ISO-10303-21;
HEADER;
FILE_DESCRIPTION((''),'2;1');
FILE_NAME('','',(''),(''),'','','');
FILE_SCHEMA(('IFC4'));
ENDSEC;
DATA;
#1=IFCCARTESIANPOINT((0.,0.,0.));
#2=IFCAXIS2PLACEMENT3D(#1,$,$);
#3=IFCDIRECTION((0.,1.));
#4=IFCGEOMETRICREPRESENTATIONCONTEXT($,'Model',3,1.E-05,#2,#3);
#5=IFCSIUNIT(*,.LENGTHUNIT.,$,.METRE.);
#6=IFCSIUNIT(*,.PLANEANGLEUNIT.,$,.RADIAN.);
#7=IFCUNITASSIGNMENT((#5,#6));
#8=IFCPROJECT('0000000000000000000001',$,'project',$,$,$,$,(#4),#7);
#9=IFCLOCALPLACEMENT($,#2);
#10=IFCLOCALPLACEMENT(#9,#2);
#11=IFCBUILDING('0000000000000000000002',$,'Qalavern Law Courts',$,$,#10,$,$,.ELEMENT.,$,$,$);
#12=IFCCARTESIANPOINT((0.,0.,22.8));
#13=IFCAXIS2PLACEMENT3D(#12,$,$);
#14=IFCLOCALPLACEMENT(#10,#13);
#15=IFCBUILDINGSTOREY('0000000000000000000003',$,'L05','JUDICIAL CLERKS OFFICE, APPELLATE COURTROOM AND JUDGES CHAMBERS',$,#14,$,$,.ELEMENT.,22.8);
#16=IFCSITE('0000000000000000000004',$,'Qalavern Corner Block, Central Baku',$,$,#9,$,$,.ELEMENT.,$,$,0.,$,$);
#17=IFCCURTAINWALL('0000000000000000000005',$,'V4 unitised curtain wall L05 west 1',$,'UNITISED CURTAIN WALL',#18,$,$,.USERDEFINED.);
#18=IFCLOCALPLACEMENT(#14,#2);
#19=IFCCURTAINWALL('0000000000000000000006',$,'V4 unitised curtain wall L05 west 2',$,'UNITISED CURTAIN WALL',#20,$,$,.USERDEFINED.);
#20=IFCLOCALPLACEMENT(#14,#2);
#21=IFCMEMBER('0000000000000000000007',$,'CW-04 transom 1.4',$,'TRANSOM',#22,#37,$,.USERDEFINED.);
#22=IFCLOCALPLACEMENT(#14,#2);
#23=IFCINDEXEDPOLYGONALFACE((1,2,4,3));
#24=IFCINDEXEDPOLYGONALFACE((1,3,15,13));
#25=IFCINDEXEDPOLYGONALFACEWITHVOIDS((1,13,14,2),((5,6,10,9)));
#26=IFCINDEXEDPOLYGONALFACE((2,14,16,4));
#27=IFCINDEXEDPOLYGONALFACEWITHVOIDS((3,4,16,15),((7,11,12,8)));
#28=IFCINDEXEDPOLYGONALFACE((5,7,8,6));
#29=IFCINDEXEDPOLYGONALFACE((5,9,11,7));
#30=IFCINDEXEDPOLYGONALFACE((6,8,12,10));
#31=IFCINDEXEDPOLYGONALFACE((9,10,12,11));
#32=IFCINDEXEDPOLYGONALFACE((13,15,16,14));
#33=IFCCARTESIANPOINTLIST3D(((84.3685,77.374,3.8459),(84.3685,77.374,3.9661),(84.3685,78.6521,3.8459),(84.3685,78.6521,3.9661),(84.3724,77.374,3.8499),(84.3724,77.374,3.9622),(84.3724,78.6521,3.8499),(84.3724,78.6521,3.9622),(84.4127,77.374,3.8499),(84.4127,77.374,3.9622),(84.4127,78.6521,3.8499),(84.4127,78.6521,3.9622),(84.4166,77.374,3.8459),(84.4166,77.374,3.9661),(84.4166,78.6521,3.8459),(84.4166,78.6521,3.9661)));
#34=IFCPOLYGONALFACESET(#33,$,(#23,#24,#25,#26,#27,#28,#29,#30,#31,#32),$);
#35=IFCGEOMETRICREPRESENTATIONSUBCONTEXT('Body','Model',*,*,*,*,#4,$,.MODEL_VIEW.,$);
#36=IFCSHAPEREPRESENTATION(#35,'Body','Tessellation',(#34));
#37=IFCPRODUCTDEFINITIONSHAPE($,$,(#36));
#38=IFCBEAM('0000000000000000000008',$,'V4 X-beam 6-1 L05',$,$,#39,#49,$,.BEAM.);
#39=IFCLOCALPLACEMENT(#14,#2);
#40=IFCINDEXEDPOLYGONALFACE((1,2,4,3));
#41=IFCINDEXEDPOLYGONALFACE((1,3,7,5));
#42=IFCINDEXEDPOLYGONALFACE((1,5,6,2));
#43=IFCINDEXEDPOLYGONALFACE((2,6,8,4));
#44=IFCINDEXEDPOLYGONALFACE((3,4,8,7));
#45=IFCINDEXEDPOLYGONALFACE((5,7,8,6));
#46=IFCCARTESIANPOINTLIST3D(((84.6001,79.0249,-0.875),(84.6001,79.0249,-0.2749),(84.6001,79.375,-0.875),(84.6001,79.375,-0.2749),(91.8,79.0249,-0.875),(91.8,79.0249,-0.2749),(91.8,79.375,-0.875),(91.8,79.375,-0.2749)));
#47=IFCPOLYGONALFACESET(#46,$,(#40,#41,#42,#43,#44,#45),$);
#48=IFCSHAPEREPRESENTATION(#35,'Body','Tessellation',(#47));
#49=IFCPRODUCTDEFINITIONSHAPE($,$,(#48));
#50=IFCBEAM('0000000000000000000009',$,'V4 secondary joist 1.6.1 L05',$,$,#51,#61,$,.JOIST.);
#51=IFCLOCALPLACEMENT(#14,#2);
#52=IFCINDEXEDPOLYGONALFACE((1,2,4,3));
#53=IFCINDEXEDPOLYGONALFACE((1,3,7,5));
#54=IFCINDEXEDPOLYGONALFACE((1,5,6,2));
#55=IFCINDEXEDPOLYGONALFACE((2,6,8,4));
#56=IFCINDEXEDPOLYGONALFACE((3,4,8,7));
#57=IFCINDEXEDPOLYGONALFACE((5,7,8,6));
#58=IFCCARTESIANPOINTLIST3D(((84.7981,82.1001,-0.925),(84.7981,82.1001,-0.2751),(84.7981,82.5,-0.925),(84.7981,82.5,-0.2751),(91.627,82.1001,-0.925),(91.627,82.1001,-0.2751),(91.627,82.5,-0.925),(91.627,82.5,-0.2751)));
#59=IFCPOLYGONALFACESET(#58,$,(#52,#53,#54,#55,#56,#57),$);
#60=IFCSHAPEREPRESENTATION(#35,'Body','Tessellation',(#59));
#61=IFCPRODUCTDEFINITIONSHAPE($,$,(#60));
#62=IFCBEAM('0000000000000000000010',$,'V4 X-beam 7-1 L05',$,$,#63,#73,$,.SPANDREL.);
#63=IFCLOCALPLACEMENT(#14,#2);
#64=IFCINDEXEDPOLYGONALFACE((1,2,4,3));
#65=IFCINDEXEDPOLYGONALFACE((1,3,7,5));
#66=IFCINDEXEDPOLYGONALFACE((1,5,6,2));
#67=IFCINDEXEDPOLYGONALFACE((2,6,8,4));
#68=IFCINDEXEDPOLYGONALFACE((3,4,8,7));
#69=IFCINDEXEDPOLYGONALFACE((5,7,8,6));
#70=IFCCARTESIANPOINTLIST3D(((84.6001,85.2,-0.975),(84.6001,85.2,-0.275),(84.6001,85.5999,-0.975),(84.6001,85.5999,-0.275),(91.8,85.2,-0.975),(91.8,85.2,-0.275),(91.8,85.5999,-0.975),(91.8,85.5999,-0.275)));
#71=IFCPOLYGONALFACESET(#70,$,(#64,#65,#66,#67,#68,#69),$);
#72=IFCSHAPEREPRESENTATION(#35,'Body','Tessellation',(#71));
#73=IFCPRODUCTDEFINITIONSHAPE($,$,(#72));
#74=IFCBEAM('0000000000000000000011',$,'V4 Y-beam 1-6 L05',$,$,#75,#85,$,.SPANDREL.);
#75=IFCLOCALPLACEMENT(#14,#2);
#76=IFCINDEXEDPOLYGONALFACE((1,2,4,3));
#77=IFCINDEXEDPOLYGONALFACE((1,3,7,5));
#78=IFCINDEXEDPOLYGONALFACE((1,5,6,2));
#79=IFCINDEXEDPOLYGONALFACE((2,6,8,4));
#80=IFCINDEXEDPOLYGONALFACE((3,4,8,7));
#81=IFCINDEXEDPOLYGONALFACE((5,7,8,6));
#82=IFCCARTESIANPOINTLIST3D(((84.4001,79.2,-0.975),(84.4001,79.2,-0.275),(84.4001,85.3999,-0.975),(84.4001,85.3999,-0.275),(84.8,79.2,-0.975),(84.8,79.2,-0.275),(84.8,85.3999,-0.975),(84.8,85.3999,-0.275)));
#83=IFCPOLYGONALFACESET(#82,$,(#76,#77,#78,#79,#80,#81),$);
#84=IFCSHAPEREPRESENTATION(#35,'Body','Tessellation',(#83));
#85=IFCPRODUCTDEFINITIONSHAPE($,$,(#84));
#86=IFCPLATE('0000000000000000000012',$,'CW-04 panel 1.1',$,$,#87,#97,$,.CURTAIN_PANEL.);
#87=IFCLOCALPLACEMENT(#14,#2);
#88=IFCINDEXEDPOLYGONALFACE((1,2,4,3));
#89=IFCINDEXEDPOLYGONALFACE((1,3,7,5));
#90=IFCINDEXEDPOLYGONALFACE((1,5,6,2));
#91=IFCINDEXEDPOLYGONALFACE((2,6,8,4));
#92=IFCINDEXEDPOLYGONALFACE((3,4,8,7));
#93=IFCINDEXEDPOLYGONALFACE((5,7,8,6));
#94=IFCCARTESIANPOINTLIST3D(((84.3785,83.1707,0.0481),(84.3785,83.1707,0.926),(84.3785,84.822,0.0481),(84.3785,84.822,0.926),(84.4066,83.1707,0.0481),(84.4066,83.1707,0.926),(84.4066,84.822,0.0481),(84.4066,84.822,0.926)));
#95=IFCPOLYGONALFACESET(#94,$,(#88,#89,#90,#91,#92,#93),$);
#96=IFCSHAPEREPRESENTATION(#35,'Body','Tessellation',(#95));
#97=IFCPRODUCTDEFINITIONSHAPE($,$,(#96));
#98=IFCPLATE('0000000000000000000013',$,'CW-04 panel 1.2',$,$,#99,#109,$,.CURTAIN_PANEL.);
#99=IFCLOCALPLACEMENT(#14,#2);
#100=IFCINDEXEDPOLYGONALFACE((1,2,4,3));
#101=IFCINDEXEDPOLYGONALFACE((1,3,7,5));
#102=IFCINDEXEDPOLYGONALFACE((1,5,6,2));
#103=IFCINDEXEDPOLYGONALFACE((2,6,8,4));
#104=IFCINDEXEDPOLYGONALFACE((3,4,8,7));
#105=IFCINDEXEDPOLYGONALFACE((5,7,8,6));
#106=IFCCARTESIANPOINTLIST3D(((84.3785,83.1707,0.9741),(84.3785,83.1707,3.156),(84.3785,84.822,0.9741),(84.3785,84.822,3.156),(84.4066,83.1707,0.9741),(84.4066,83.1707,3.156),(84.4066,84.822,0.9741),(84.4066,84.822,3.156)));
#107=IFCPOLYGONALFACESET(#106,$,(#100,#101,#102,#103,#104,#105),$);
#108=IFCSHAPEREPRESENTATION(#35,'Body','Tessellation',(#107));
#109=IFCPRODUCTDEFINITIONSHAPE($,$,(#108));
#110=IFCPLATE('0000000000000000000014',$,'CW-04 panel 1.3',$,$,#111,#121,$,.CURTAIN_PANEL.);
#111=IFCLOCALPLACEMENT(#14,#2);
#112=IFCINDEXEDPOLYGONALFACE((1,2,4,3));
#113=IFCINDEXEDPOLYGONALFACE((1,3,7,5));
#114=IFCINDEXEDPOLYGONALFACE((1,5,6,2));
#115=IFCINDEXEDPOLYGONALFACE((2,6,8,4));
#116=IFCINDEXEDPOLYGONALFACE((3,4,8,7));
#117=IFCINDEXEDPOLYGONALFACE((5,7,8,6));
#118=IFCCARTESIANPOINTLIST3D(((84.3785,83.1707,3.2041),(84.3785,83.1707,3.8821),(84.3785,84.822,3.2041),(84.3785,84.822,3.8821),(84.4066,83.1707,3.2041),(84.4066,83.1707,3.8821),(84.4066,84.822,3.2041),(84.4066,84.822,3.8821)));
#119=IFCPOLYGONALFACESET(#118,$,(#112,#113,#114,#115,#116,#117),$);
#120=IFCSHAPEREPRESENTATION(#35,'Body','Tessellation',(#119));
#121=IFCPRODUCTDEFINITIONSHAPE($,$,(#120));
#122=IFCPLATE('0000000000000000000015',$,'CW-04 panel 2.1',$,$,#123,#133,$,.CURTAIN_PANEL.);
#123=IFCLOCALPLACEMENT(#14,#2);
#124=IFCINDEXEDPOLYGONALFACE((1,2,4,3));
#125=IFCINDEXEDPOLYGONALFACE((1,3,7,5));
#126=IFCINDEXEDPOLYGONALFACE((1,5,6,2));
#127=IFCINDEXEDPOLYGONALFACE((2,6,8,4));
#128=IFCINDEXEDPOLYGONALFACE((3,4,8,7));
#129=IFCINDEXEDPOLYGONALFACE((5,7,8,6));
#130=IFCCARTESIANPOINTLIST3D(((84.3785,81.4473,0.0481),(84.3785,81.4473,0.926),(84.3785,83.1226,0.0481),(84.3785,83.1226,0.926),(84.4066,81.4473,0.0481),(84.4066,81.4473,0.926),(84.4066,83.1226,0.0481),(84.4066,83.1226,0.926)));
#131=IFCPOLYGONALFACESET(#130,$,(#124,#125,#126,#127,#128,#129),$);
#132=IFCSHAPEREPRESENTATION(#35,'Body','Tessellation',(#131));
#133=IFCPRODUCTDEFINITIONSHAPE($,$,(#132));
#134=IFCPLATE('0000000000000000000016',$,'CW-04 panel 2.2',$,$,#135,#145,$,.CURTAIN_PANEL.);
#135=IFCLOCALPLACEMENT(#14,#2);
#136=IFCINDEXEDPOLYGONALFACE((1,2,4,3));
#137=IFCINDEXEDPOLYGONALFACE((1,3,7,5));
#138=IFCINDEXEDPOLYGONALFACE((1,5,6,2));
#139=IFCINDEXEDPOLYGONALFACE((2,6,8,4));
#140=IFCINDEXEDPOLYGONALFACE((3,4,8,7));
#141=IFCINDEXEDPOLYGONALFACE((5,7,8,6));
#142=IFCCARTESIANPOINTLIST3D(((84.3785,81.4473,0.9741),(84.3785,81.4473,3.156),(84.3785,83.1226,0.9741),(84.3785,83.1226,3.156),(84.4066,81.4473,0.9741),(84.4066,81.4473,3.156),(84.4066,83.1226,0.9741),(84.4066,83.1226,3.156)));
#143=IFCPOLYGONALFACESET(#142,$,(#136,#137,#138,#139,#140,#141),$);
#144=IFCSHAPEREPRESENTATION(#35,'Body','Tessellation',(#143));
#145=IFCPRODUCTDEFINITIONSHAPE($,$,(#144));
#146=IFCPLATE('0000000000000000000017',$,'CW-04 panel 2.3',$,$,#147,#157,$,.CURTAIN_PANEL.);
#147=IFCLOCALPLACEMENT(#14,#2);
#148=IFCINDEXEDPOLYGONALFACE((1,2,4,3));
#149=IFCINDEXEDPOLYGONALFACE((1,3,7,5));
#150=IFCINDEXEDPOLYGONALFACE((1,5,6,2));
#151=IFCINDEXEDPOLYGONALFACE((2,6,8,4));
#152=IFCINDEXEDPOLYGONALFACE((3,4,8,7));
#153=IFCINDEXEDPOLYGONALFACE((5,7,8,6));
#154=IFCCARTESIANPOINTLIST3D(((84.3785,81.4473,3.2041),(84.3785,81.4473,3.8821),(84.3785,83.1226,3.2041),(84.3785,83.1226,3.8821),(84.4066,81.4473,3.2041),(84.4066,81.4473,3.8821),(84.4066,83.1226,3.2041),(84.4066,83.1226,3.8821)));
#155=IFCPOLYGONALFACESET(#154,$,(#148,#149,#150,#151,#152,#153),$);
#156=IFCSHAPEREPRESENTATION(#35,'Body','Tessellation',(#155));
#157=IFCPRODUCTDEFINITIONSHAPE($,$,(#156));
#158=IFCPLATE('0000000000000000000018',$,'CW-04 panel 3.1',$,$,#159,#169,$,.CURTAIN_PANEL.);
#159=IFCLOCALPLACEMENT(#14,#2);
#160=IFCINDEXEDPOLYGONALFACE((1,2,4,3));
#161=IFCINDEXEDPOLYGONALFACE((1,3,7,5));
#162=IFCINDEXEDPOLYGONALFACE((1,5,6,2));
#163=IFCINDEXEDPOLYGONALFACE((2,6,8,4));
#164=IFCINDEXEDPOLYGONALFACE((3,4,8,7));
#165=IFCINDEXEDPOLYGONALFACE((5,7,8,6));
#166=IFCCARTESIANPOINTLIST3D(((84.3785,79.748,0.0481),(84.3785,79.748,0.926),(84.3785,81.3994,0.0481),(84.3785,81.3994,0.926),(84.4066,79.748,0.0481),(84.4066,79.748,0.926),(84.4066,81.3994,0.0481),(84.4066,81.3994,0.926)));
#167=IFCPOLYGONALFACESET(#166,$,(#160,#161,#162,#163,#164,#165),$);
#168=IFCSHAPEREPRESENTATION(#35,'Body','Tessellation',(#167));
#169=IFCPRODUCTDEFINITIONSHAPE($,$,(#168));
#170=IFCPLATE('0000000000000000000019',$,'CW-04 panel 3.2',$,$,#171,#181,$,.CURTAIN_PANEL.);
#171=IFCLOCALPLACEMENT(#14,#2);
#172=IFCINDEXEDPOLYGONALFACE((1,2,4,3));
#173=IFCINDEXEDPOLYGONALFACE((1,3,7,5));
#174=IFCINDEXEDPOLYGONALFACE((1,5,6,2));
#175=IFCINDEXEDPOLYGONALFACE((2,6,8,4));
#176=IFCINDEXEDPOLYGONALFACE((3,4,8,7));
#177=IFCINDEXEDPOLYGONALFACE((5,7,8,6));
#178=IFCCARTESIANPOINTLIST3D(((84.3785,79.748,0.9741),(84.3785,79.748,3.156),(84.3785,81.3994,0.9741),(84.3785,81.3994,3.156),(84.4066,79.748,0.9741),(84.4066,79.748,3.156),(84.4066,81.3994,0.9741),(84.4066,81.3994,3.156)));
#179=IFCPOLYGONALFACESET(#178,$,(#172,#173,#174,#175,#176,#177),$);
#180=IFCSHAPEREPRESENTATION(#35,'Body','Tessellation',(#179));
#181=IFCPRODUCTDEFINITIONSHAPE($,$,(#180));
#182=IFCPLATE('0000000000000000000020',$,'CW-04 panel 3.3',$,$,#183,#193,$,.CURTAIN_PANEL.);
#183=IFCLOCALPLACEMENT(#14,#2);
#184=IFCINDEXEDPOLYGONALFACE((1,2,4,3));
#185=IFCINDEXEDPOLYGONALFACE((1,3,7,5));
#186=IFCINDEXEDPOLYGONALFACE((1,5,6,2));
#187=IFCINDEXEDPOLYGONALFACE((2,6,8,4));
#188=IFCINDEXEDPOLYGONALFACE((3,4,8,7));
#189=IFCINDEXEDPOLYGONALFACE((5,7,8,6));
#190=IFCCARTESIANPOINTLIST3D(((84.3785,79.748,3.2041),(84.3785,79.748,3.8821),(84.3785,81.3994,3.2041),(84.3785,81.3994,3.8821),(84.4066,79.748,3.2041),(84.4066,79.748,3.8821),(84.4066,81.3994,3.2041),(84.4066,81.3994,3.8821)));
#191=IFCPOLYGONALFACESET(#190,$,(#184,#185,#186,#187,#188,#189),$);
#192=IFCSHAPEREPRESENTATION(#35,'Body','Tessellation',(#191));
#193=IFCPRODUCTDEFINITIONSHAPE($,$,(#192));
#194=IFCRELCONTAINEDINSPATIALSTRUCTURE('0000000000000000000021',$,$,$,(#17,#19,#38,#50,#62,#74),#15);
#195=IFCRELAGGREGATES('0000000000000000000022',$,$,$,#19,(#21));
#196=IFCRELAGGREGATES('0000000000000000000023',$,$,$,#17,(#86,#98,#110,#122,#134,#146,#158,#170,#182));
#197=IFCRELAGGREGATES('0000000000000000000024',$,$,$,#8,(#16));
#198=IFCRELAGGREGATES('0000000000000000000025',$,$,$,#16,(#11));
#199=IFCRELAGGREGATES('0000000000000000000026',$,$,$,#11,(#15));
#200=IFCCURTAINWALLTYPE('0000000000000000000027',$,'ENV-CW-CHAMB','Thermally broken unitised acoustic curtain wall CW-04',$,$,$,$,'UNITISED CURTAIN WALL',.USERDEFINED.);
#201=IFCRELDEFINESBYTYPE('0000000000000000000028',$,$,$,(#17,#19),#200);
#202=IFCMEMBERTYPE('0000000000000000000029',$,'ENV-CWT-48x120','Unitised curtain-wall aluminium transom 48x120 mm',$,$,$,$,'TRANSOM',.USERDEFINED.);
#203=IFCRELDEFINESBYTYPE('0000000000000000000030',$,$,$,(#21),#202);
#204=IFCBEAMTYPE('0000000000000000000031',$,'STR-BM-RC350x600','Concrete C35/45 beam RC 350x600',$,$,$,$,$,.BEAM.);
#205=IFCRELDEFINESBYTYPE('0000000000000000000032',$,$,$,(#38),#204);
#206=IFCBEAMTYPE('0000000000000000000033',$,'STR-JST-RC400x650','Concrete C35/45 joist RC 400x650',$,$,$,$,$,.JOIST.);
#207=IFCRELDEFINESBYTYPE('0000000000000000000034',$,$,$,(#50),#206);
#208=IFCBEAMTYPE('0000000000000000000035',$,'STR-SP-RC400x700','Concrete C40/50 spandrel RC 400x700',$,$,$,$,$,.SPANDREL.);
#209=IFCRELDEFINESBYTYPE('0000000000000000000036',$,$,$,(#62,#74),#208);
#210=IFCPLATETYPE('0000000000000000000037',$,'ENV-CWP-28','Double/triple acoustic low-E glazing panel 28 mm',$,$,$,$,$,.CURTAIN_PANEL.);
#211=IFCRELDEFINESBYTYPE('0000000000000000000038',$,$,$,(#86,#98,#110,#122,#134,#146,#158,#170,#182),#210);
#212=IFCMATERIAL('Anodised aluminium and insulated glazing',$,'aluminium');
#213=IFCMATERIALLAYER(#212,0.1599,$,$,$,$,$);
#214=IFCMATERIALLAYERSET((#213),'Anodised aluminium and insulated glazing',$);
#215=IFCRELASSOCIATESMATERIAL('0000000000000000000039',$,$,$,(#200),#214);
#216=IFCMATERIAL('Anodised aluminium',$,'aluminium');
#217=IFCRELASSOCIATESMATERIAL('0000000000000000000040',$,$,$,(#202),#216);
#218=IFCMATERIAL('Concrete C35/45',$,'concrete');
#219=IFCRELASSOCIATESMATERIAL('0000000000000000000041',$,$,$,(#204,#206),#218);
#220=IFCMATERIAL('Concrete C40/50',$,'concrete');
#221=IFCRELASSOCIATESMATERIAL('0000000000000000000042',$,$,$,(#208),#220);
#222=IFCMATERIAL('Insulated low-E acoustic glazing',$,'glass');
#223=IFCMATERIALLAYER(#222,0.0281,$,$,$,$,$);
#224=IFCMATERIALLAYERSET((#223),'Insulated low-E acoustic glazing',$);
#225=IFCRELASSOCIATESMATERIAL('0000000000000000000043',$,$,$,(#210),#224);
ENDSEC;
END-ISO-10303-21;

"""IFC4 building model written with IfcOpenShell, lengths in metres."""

from ifc_helpers import new_model, si_unit, direction, frame, origin, origin_2d, place, context, subcontext, project, spatial, rectangle, hollow_rectangle, extrude, material, layer, layer_set, material_profile, profile_set, type_object, element, aggregate, save


model = new_model("IFC4")

# Units and contexts
model_context = context("Model", 3, precision=1e-05, world=origin(), true_north=direction((0.0, 1.0)))
body_context = subcontext(model_context, "Body", "Model", "MODEL_VIEW")
ifc_project = project(units=[si_unit("LENGTHUNIT", "METRE"), si_unit("PLANEANGLEUNIT", "RADIAN")], contexts=[model_context])

# Site, building, storey
site_placement = place(None, origin())
site = spatial("IfcSite", under=ifc_project, at=site_placement, Name="Qalavern Corner Block, Central Baku", CompositionType="ELEMENT", RefElevation=0.0)
building_placement = place(site_placement, origin())
building = spatial("IfcBuilding", under=site, at=building_placement, Name="Qalavern Law Courts", CompositionType="ELEMENT")
storey_placement = place(building_placement, frame((0.0, 0.0, 22.8)))
storey = spatial("IfcBuildingStorey", under=building, at=storey_placement, Name="L05", Description="JUDICIAL CLERKS OFFICE, APPELLATE COURTROOM AND JUDGES CHAMBERS", CompositionType="ELEMENT", Elevation=22.8)

# Shared definitions
ifc_material_1 = material(Name="Anodised aluminium and insulated glazing", Category="aluminium")
ifc_layer_1 = layer(ifc_material_1, 0.1599)
ifc_layer_set_1 = layer_set([ifc_layer_1], Name="Anodised aluminium and insulated glazing")
curtain_wall_type = type_object("IfcCurtainWallType", Name="ENV-CW-CHAMB", Description="Thermally broken unitised acoustic curtain wall CW-04", ElementType="UNITISED CURTAIN WALL", PredefinedType="USERDEFINED", material=ifc_layer_set_1)
ifc_material_2 = material(Name="Anodised aluminium", Category="aluminium")

# Curtain wall
curtain_wall_1_placement = place(storey_placement, origin())
curtain_wall_1 = element("IfcCurtainWall", 1, at=curtain_wall_1_placement, inside=storey, type_object=curtain_wall_type, Name="V4 unitised curtain wall L05 west 1", ObjectType="UNITISED CURTAIN WALL", PredefinedType="USERDEFINED")

# Curtain wall
curtain_wall_2_placement = place(storey_placement, origin())
curtain_wall_2 = element("IfcCurtainWall", 2, at=curtain_wall_2_placement, inside=storey, type_object=curtain_wall_type, Name="V4 unitised curtain wall L05 west 2", ObjectType="UNITISED CURTAIN WALL", PredefinedType="USERDEFINED")

# Member
ifc_material_profile_1 = material_profile(ifc_material_2, hollow_rectangle(XDim=0.0481, YDim=0.1201, WallThickness=0.0039, at=origin_2d()), Name="ALU TRANSOM 48x120")
ifc_profile_set_1 = profile_set([ifc_material_profile_1], Name="Anodised aluminium")
member_type_1 = type_object("IfcMemberType", Name="ENV-CWT-48x120", Description="Unitised curtain-wall aluminium transom 48x120 mm", ElementType="TRANSOM", PredefinedType="USERDEFINED", material=ifc_profile_set_1)
member_1_placement = place(storey_placement, frame((84.3926, 78.6521, 3.906), z_axis=(0.0, -1.0, 0.0), x_axis=(1.0, 0.0, 0.0)))
member_1 = element("IfcMember", 3, at=member_1_placement, type_object=member_type_1, Name="CW-04 transom 1.4", ObjectType="TRANSOM", PredefinedType="USERDEFINED", context=body_context, shape_type="SweptSolid", body=[
    extrude(hollow_rectangle(XDim=0.0481, YDim=0.1201, WallThickness=0.0039, at=origin_2d()), origin(), (0.0, 0.0, 1.0), 1.2781),
])
aggregate(curtain_wall_2, [member_1])

# Beams
ifc_material_3 = material(Name="Concrete C35/45", Category="concrete")
ifc_material_profile_2 = material_profile(ifc_material_3, rectangle(XDim=0.3501, YDim=0.6001, at=origin_2d()), Name="RC 350x600")
ifc_profile_set_2 = profile_set([ifc_material_profile_2], Name="Concrete C35/45")
beam_type_1 = type_object("IfcBeamType", Name="STR-BM-RC350x600", Description="Concrete C35/45 beam RC 350x600", PredefinedType="BEAM", material=ifc_profile_set_2)
beam_1_placement = place(storey_placement, frame((84.6001, 79.2, -0.575), z_axis=(1.0, 0.0, 0.0), x_axis=(0.0, 1.0, 0.0)))
element("IfcBeam", 4, at=beam_1_placement, inside=storey, type_object=beam_type_1, Name="V4 X-beam 6-1 L05", PredefinedType="BEAM", context=body_context, shape_type="SweptSolid", body=[
    extrude(rectangle(XDim=0.3501, YDim=0.6001, at=origin_2d()), origin(), (0.0, 0.0, 1.0), 7.2),
])
ifc_material_profile_3 = material_profile(ifc_material_3, rectangle(XDim=0.3999, YDim=0.6499, at=origin_2d()), Name="RC 400x650")
ifc_profile_set_3 = profile_set([ifc_material_profile_3], Name="Concrete C35/45")
beam_type_2 = type_object("IfcBeamType", Name="STR-JST-RC400x650", Description="Concrete C35/45 joist RC 400x650", PredefinedType="JOIST", material=ifc_profile_set_3)
beam_2_placement = place(storey_placement, frame((84.7981, 82.3, -0.6001), z_axis=(1.0, 0.0, 0.0), x_axis=(0.0, 1.0, 0.0)))
element("IfcBeam", 5, at=beam_2_placement, inside=storey, type_object=beam_type_2, Name="V4 secondary joist 1.6.1 L05", PredefinedType="JOIST", context=body_context, shape_type="SweptSolid", body=[
    extrude(rectangle(XDim=0.3999, YDim=0.6499, at=origin_2d()), origin(), (0.0, 0.0, 1.0), 6.8289),
])
ifc_material_4 = material(Name="Concrete C40/50", Category="concrete")
ifc_material_profile_4 = material_profile(ifc_material_4, rectangle(XDim=0.3999, YDim=0.7, at=origin_2d()), Name="RC 400x700")
ifc_profile_set_4 = profile_set([ifc_material_profile_4], Name="Concrete C40/50")
beam_type_3 = type_object("IfcBeamType", Name="STR-SP-RC400x700", Description="Concrete C40/50 spandrel RC 400x700", PredefinedType="SPANDREL", material=ifc_profile_set_4)
beam_3_placement = place(storey_placement, frame((84.6001, 85.3999, -0.625), z_axis=(1.0, 0.0, 0.0), x_axis=(0.0, 1.0, 0.0)))
element("IfcBeam", 6, at=beam_3_placement, inside=storey, type_object=beam_type_3, Name="V4 X-beam 7-1 L05", PredefinedType="SPANDREL", context=body_context, shape_type="SweptSolid", body=[
    extrude(rectangle(XDim=0.3999, YDim=0.7, at=origin_2d()), origin(), (0.0, 0.0, 1.0), 7.2),
])
beam_4_placement = place(storey_placement, frame((84.6001, 79.2, -0.625), z_axis=(0.0, 1.0, 0.0), x_axis=(-1.0, 0.0, 0.0)))
element("IfcBeam", 7, at=beam_4_placement, inside=storey, type_object=beam_type_3, Name="V4 Y-beam 1-6 L05", PredefinedType="SPANDREL", context=body_context, shape_type="SweptSolid", body=[
    extrude(rectangle(XDim=0.3999, YDim=0.7, at=origin_2d()), origin(), (0.0, 0.0, 1.0), 6.2),
])

# Plates
ifc_material_5 = material(Name="Insulated low-E acoustic glazing", Category="glass")
ifc_layer_2 = layer(ifc_material_5, 0.0281)
ifc_layer_set_2 = layer_set([ifc_layer_2], Name="Insulated low-E acoustic glazing")
plate_type = type_object("IfcPlateType", Name="ENV-CWP-28", Description="Double/triple acoustic low-E glazing panel 28 mm", PredefinedType="CURTAIN_PANEL", material=ifc_layer_set_2)
plate_1_placement = place(storey_placement, frame((84.3926, 83.9963, 0.0481), z_axis=(0.0, 0.0, 1.0), x_axis=(0.0, -1.0, 0.0)))
plate_1 = element("IfcPlate", 8, at=plate_1_placement, type_object=plate_type, Name="CW-04 panel 1.1", PredefinedType="CURTAIN_PANEL", context=body_context, shape_type="SweptSolid", body=[
    extrude(rectangle(XDim=1.6514, YDim=0.0281, at=origin_2d()), origin(), (0.0, 0.0, 1.0), 0.8779),
])
plate_2_placement = place(storey_placement, frame((84.3926, 83.9963, 0.9741), z_axis=(0.0, 0.0, 1.0), x_axis=(0.0, -1.0, 0.0)))
plate_2 = element("IfcPlate", 9, at=plate_2_placement, type_object=plate_type, Name="CW-04 panel 1.2", PredefinedType="CURTAIN_PANEL", context=body_context, shape_type="SweptSolid", body=[
    extrude(rectangle(XDim=1.6514, YDim=0.0281, at=origin_2d()), origin(), (0.0, 0.0, 1.0), 2.1819),
])
plate_3_placement = place(storey_placement, frame((84.3926, 83.9963, 3.2041), z_axis=(0.0, 0.0, 1.0), x_axis=(0.0, -1.0, 0.0)))
plate_3 = element("IfcPlate", 10, at=plate_3_placement, type_object=plate_type, Name="CW-04 panel 1.3", PredefinedType="CURTAIN_PANEL", context=body_context, shape_type="SweptSolid", body=[
    extrude(rectangle(XDim=1.6514, YDim=0.0281, at=origin_2d()), origin(), (0.0, 0.0, 1.0), 0.678),
])
plate_4_placement = place(storey_placement, frame((84.3926, 82.2849, 0.0481), z_axis=(0.0, 0.0, 1.0), x_axis=(0.0, -1.0, 0.0)))
plate_4 = element("IfcPlate", 11, at=plate_4_placement, type_object=plate_type, Name="CW-04 panel 2.1", PredefinedType="CURTAIN_PANEL", context=body_context, shape_type="SweptSolid", body=[
    extrude(rectangle(XDim=1.6753, YDim=0.0281, at=origin_2d()), origin(), (0.0, 0.0, 1.0), 0.8779),
])
plate_5_placement = place(storey_placement, frame((84.3926, 82.2849, 0.9741), z_axis=(0.0, 0.0, 1.0), x_axis=(0.0, -1.0, 0.0)))
plate_5 = element("IfcPlate", 12, at=plate_5_placement, type_object=plate_type, Name="CW-04 panel 2.2", PredefinedType="CURTAIN_PANEL", context=body_context, shape_type="SweptSolid", body=[
    extrude(rectangle(XDim=1.6753, YDim=0.0281, at=origin_2d()), origin(), (0.0, 0.0, 1.0), 2.1819),
])
plate_6_placement = place(storey_placement, frame((84.3926, 82.2849, 3.2041), z_axis=(0.0, 0.0, 1.0), x_axis=(0.0, -1.0, 0.0)))
plate_6 = element("IfcPlate", 13, at=plate_6_placement, type_object=plate_type, Name="CW-04 panel 2.3", PredefinedType="CURTAIN_PANEL", context=body_context, shape_type="SweptSolid", body=[
    extrude(rectangle(XDim=1.6753, YDim=0.0281, at=origin_2d()), origin(), (0.0, 0.0, 1.0), 0.678),
])
plate_7_placement = place(storey_placement, frame((84.3926, 80.5737, 0.0481), z_axis=(0.0, 0.0, 1.0), x_axis=(0.0, -1.0, 0.0)))
plate_7 = element("IfcPlate", 14, at=plate_7_placement, type_object=plate_type, Name="CW-04 panel 3.1", PredefinedType="CURTAIN_PANEL", context=body_context, shape_type="SweptSolid", body=[
    extrude(rectangle(XDim=1.6514, YDim=0.0281, at=origin_2d()), origin(), (0.0, 0.0, 1.0), 0.8779),
])
plate_8_placement = place(storey_placement, frame((84.3926, 80.5737, 0.9741), z_axis=(0.0, 0.0, 1.0), x_axis=(0.0, -1.0, 0.0)))
plate_8 = element("IfcPlate", 15, at=plate_8_placement, type_object=plate_type, Name="CW-04 panel 3.2", PredefinedType="CURTAIN_PANEL", context=body_context, shape_type="SweptSolid", body=[
    extrude(rectangle(XDim=1.6514, YDim=0.0281, at=origin_2d()), origin(), (0.0, 0.0, 1.0), 2.1819),
])
plate_9_placement = place(storey_placement, frame((84.3926, 80.5737, 3.2041), z_axis=(0.0, 0.0, 1.0), x_axis=(0.0, -1.0, 0.0)))
plate_9 = element("IfcPlate", 16, at=plate_9_placement, type_object=plate_type, Name="CW-04 panel 3.3", PredefinedType="CURTAIN_PANEL", context=body_context, shape_type="SweptSolid", body=[
    extrude(rectangle(XDim=1.6514, YDim=0.0281, at=origin_2d()), origin(), (0.0, 0.0, 1.0), 0.678),
])
aggregate(curtain_wall_1, [plate_1, plate_2, plate_3, plate_4, plate_5, plate_6, plate_7, plate_8, plate_9])

save(model, "model.ifc")
